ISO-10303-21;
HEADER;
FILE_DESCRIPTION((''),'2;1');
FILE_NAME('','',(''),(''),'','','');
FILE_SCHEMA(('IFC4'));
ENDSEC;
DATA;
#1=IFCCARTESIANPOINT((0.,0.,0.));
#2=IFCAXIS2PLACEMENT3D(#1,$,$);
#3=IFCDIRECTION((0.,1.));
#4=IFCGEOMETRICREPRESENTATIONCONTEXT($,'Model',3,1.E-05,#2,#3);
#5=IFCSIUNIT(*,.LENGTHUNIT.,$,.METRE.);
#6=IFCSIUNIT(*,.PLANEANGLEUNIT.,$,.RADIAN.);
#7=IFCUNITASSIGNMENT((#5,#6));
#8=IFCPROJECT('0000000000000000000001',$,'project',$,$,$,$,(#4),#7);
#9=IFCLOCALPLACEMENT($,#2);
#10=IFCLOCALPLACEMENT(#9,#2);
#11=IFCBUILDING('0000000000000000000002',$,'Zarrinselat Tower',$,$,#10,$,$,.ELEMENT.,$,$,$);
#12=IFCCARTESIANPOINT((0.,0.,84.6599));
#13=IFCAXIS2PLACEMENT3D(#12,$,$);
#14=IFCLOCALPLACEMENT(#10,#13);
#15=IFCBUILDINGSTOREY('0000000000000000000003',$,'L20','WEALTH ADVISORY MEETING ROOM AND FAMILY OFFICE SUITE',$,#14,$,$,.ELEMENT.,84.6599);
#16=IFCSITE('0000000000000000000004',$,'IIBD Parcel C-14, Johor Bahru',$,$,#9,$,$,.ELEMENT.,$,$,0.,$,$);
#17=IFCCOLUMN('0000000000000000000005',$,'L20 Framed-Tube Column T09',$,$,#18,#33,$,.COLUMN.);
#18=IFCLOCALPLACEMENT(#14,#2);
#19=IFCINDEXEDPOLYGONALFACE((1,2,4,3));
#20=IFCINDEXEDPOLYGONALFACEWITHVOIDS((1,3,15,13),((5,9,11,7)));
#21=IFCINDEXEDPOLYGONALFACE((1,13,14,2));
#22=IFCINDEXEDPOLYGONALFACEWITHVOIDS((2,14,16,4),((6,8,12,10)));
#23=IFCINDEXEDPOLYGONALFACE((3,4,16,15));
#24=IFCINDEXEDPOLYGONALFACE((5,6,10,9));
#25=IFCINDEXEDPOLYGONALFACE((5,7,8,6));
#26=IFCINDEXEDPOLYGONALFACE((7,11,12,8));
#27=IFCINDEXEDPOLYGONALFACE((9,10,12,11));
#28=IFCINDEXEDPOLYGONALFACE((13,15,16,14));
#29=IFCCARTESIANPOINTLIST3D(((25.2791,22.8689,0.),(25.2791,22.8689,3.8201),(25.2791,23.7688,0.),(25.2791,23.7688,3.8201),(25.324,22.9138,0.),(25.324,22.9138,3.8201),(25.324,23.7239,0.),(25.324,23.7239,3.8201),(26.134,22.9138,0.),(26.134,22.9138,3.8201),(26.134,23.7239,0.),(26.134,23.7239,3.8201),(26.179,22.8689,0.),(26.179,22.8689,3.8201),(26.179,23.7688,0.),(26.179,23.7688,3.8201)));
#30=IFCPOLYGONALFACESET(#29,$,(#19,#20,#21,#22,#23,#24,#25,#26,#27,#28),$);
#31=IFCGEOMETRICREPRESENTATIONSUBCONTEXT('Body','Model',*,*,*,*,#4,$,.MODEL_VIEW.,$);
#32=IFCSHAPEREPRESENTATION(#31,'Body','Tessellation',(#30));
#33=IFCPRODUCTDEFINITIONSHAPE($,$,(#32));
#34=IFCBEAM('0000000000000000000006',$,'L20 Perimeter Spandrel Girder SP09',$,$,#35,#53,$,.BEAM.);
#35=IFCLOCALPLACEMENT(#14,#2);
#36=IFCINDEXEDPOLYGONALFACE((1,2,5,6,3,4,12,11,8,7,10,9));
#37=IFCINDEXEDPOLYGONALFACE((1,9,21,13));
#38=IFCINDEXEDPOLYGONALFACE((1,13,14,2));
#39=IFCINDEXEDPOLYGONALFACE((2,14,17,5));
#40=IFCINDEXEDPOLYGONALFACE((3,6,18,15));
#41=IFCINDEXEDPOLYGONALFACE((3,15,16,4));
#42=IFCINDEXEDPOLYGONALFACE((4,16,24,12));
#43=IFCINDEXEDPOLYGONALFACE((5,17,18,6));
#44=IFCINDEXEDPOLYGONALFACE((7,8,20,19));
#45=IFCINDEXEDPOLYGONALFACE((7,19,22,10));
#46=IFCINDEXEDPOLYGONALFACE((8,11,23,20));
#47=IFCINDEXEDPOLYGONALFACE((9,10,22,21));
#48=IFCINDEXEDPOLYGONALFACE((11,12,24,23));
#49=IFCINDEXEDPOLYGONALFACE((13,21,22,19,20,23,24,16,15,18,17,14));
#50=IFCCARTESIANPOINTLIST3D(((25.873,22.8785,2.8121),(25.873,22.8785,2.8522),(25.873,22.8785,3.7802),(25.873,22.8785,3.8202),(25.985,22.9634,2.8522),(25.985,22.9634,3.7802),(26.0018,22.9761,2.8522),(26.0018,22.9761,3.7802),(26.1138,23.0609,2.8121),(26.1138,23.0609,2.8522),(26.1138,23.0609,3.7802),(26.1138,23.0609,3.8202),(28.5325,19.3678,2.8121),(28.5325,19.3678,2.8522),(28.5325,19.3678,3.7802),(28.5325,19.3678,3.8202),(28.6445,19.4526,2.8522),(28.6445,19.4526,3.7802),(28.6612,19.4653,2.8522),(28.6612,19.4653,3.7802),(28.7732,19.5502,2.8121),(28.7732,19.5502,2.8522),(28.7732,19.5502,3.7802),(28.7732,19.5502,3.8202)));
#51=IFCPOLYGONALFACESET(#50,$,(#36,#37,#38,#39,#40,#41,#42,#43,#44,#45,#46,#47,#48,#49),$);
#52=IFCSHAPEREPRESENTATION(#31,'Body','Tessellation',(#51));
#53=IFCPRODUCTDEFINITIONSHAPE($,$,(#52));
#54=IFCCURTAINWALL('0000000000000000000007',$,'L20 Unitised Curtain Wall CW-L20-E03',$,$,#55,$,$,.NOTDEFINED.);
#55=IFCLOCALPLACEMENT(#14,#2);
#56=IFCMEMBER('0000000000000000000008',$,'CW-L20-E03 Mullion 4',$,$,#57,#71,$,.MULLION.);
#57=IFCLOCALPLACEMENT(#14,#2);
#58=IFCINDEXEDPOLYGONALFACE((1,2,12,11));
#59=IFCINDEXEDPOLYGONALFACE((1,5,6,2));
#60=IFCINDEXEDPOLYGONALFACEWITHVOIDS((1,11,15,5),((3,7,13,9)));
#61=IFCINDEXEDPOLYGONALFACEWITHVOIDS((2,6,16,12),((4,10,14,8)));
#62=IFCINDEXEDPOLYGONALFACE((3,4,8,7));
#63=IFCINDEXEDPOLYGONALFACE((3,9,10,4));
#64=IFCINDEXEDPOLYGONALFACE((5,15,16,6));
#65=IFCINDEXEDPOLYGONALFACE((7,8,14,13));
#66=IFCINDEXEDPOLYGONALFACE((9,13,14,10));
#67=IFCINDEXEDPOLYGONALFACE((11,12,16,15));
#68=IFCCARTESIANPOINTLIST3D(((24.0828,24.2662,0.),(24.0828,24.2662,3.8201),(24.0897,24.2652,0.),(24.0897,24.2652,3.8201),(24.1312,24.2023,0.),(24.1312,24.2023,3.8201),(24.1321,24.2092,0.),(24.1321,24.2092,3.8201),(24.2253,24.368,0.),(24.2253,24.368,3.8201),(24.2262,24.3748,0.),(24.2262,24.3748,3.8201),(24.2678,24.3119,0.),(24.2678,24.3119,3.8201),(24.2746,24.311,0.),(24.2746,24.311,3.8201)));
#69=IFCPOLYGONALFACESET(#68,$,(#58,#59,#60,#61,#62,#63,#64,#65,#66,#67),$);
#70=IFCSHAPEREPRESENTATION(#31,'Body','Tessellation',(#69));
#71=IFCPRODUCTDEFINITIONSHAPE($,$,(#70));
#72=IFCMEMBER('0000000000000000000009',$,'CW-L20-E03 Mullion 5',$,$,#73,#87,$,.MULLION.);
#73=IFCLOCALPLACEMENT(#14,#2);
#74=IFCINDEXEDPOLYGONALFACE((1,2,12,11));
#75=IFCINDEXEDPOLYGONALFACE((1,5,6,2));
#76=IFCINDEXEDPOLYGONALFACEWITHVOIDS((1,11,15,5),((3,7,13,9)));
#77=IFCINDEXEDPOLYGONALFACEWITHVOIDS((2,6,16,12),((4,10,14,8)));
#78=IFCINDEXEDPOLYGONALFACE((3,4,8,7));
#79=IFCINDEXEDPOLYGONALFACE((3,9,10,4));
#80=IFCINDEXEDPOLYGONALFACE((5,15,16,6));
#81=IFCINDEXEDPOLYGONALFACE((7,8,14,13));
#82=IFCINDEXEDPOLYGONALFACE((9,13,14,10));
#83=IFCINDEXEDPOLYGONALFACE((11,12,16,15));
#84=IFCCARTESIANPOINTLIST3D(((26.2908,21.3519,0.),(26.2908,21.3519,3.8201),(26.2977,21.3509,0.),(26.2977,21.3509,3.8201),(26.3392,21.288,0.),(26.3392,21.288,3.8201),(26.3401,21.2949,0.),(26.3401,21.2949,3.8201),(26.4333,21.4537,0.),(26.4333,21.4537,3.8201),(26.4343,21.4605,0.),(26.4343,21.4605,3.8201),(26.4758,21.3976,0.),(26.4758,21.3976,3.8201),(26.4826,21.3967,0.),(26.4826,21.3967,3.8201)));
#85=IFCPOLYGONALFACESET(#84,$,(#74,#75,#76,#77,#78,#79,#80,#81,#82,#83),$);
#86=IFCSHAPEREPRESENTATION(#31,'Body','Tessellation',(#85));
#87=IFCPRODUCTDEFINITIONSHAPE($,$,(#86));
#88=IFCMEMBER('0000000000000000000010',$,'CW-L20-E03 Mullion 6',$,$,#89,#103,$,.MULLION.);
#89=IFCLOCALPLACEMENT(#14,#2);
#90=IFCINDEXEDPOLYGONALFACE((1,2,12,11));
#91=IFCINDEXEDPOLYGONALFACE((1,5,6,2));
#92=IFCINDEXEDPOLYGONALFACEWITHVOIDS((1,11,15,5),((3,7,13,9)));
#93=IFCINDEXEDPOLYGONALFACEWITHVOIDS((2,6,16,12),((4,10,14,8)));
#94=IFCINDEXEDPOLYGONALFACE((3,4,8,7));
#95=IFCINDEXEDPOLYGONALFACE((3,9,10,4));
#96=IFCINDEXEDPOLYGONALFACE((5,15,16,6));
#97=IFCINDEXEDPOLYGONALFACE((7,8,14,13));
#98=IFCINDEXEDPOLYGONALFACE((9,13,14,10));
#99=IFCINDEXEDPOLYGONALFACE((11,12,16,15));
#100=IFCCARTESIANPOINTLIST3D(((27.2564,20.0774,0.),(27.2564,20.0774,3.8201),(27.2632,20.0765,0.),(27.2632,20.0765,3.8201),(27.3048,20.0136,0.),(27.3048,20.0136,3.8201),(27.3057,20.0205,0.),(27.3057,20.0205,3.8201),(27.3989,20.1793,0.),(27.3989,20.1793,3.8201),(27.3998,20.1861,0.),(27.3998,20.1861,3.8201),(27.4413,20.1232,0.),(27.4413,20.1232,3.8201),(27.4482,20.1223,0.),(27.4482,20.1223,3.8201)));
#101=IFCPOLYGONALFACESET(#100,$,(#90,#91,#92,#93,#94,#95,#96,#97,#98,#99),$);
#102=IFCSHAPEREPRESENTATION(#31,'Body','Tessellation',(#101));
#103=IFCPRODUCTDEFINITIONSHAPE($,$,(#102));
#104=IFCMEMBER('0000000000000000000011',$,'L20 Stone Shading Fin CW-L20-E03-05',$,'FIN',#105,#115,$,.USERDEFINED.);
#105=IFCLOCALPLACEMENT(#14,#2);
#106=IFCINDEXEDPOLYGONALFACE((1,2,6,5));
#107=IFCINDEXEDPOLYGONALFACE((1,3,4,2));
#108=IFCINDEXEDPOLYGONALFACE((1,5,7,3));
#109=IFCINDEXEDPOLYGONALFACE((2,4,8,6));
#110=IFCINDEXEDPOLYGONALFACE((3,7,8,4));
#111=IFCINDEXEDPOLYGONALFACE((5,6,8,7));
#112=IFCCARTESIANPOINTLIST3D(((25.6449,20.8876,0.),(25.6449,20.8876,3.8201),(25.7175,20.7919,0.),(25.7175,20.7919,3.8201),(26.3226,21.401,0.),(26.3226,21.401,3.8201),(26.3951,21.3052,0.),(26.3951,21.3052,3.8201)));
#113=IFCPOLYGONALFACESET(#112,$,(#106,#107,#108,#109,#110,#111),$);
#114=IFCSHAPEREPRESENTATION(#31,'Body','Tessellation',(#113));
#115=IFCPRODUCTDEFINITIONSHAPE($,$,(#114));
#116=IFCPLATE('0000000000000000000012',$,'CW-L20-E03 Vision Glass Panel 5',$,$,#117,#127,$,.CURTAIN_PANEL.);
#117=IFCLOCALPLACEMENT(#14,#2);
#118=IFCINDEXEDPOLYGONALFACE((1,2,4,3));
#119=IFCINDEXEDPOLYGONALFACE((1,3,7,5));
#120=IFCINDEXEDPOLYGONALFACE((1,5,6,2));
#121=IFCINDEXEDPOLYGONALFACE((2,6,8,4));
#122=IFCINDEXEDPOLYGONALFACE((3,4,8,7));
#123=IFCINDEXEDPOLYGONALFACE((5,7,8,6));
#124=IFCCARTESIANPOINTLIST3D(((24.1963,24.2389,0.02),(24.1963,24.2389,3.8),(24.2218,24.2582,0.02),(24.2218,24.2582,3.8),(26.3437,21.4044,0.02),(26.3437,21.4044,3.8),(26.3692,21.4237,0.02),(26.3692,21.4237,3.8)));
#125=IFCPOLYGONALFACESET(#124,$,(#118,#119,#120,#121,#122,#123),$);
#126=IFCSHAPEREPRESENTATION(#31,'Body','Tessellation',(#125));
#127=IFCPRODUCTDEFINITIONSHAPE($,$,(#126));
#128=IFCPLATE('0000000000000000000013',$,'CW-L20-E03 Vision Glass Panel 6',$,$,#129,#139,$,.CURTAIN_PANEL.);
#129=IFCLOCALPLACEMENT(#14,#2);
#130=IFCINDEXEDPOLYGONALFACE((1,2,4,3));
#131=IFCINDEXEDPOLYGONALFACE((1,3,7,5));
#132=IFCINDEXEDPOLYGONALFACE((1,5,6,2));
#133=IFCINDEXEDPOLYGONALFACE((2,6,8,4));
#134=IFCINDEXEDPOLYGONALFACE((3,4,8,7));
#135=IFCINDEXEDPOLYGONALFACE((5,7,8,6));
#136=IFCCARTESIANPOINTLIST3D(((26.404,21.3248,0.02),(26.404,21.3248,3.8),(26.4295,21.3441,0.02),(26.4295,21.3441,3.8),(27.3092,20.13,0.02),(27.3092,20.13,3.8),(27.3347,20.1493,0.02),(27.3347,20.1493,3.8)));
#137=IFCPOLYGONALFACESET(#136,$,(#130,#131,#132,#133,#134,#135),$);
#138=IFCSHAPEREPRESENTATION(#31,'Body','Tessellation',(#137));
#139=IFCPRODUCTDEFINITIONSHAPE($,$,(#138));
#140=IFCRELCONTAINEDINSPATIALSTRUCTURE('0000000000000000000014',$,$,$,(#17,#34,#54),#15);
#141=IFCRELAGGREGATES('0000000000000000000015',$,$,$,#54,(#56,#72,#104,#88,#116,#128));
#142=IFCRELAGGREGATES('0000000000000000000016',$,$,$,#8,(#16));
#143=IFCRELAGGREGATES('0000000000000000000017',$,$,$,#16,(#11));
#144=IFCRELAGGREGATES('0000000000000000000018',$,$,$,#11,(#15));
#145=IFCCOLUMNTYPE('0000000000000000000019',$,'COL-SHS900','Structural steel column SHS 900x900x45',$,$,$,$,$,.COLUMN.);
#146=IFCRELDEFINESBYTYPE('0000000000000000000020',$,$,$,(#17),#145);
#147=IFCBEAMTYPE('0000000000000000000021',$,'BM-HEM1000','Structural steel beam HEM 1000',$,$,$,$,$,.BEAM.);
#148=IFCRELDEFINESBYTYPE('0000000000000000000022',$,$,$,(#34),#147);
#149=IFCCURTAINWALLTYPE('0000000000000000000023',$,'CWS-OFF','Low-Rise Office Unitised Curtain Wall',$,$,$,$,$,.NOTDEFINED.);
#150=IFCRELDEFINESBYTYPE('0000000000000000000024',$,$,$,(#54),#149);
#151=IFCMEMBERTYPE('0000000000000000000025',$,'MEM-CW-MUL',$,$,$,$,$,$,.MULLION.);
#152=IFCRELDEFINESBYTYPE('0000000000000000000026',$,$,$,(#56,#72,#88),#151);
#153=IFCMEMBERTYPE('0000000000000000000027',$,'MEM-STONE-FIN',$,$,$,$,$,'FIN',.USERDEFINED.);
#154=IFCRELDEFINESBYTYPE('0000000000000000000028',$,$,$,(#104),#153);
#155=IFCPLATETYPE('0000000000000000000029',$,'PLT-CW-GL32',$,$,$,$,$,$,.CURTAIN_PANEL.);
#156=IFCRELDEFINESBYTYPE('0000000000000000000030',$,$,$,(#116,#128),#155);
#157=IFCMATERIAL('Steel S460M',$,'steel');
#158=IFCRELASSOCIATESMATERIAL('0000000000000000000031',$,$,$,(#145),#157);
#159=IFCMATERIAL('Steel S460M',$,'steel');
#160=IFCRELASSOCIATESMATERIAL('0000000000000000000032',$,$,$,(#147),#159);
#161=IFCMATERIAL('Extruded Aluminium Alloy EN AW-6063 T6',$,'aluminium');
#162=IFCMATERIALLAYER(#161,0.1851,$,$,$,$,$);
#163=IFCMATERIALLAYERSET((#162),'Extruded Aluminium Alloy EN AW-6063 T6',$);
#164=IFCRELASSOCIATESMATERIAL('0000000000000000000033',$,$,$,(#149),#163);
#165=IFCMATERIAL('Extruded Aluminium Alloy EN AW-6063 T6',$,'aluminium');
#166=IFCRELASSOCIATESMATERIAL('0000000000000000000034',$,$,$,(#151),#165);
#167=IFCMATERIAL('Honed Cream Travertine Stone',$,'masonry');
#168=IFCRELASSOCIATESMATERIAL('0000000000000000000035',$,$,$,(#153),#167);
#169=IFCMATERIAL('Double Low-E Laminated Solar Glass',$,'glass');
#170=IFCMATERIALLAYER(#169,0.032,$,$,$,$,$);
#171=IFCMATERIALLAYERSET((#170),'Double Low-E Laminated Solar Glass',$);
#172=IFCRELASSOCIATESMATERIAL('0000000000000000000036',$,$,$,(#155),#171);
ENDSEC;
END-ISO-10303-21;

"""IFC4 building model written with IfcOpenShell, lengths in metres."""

from ifc_helpers import new_model, si_unit, direction, frame, origin, origin_2d, place, context, subcontext, project, spatial, rectangle, hollow_rectangle, i_section, extrude, material, layer, layer_set, material_profile, profile_set, type_object, element, aggregate, save


model = new_model("IFC4")

# Units and contexts
model_context = context("Model", 3, precision=1e-05, world=origin(), true_north=direction((0.0, 1.0)))
body_context = subcontext(model_context, "Body", "Model", "MODEL_VIEW")
ifc_project = project(units=[si_unit("LENGTHUNIT", "METRE"), si_unit("PLANEANGLEUNIT", "RADIAN")], contexts=[model_context])

# Site, building, storey
site_placement = place(None, origin())
site = spatial("IfcSite", under=ifc_project, at=site_placement, Name="IIBD Parcel C-14, Johor Bahru", CompositionType="ELEMENT", RefElevation=0.0)
building_placement = place(site_placement, origin())
building = spatial("IfcBuilding", under=site, at=building_placement, Name="Zarrinselat Tower", CompositionType="ELEMENT")
storey_placement = place(building_placement, frame((0.0, 0.0, 84.6599)))
storey = spatial("IfcBuildingStorey", under=building, at=storey_placement, Name="L20", Description="WEALTH ADVISORY MEETING ROOM AND FAMILY OFFICE SUITE", CompositionType="ELEMENT", Elevation=84.6599)

# Column
ifc_material_1 = material(Name="Steel S460M", Category="steel")
ifc_material_profile_1 = material_profile(ifc_material_1, hollow_rectangle(XDim=0.8999, YDim=0.8999, WallThickness=0.0449, at=origin_2d()), Name="SHS 900x900x45")
ifc_profile_set_1 = profile_set([ifc_material_profile_1], Name="Steel S460M")
column_type = type_object("IfcColumnType", Name="COL-SHS900", Description="Structural steel column SHS 900x900x45", PredefinedType="COLUMN", material=ifc_profile_set_1)
column_placement = place(storey_placement, frame((25.729, 23.3188, 0.0), z_axis=(0.0, 0.0, 1.0), x_axis=(1.0, 0.0, 0.0)))
element("IfcColumn", 1, at=column_placement, inside=storey, type_object=column_type, Name="L20 Framed-Tube Column T09", PredefinedType="COLUMN", context=body_context, shape_type="SweptSolid", body=[
    extrude(hollow_rectangle(XDim=0.8999, YDim=0.8999, WallThickness=0.0449, at=origin_2d()), origin(), (0.0, 0.0, 1.0), 3.8201),
])

# Beam
ifc_material_2 = material(Name="Steel S460M", Category="steel")
ifc_material_profile_2 = material_profile(ifc_material_2, i_section(OverallWidth=0.302, OverallDepth=1.0081, WebThickness=0.021, FlangeThickness=0.04, at=origin_2d()), Name="HEM 1000")
ifc_profile_set_2 = profile_set([ifc_material_profile_2], Name="Steel S460M")
beam_type = type_object("IfcBeamType", Name="BM-HEM1000", Description="Structural steel beam HEM 1000", PredefinedType="BEAM", material=ifc_profile_set_2)
beam_placement = place(storey_placement, frame((25.9934, 22.9697, 3.3162), z_axis=(0.603825, -0.797117, 0.0), x_axis=(0.797117, 0.603825, 0.0)))
element("IfcBeam", 2, at=beam_placement, inside=storey, type_object=beam_type, Name="L20 Perimeter Spandrel Girder SP09", PredefinedType="BEAM", context=body_context, shape_type="SweptSolid", body=[
    extrude(i_section(OverallWidth=0.302, OverallDepth=1.0081, WebThickness=0.021, FlangeThickness=0.04, at=origin_2d()), origin(), (0.0, 0.0, 1.0), 4.4043),
])

# Curtain wall, members, plates
ifc_material_3 = material(Name="Extruded Aluminium Alloy EN AW-6063 T6", Category="aluminium")
ifc_layer_1 = layer(ifc_material_3, 0.1851)
ifc_layer_set_1 = layer_set([ifc_layer_1], Name="Extruded Aluminium Alloy EN AW-6063 T6")
curtain_wall_type = type_object("IfcCurtainWallType", Name="CWS-OFF", Description="Low-Rise Office Unitised Curtain Wall", PredefinedType="NOTDEFINED", material=ifc_layer_set_1)
curtain_wall_placement = place(storey_placement, origin())
curtain_wall = element("IfcCurtainWall", 3, at=curtain_wall_placement, inside=storey, type_object=curtain_wall_type, Name="L20 Unitised Curtain Wall CW-L20-E03", PredefinedType="NOTDEFINED")
ifc_material_4 = material(Name="Extruded Aluminium Alloy EN AW-6063 T6", Category="aluminium")
ifc_material_profile_3 = material_profile(ifc_material_4, hollow_rectangle(XDim=0.0801, YDim=0.1799, WallThickness=0.0049, at=origin_2d()), Name="RHS 180x80x5")
ifc_profile_set_3 = profile_set([ifc_material_profile_3], Name="Extruded Aluminium Alloy EN AW-6063 T6")
member_type_1 = type_object("IfcMemberType", Name="MEM-CW-MUL", PredefinedType="MULLION", material=ifc_profile_set_3)
member_1_placement = place(storey_placement, frame((24.1787, 24.2886, 0.0), z_axis=(0.0, 0.0, 1.0), x_axis=(0.603856, -0.797093, 0.0)))
member_1 = element("IfcMember", 4, at=member_1_placement, type_object=member_type_1, Name="CW-L20-E03 Mullion 4", PredefinedType="MULLION", context=body_context, shape_type="SweptSolid", body=[
    extrude(hollow_rectangle(XDim=0.0801, YDim=0.1799, WallThickness=0.0049, at=origin_2d()), origin(), (0.0, 0.0, 1.0), 3.8201),
])
member_2_placement = place(storey_placement, frame((26.3867, 21.3743, 0.0), z_axis=(0.0, 0.0, 1.0), x_axis=(0.603856, -0.797093, 0.0)))
member_2 = element("IfcMember", 5, at=member_2_placement, type_object=member_type_1, Name="CW-L20-E03 Mullion 5", PredefinedType="MULLION", context=body_context, shape_type="SweptSolid", body=[
    extrude(hollow_rectangle(XDim=0.0801, YDim=0.1799, WallThickness=0.0049, at=origin_2d()), origin(), (0.0, 0.0, 1.0), 3.8201),
])
member_3_placement = place(storey_placement, frame((27.3523, 20.0999, 0.0), z_axis=(0.0, 0.0, 1.0), x_axis=(0.603856, -0.797093, 0.0)))
member_3 = element("IfcMember", 6, at=member_3_placement, type_object=member_type_1, Name="CW-L20-E03 Mullion 6", PredefinedType="MULLION", context=body_context, shape_type="SweptSolid", body=[
    extrude(hollow_rectangle(XDim=0.0801, YDim=0.1799, WallThickness=0.0049, at=origin_2d()), origin(), (0.0, 0.0, 1.0), 3.8201),
])
ifc_material_5 = material(Name="Honed Cream Travertine Stone", Category="masonry")
ifc_material_profile_4 = material_profile(ifc_material_5, rectangle(XDim=0.1201, YDim=0.8501, at=origin_2d()), Name="FIN 850x120")
ifc_profile_set_4 = profile_set([ifc_material_profile_4], Name="Honed Cream Travertine Stone")
member_type_2 = type_object("IfcMemberType", Name="MEM-STONE-FIN", ElementType="FIN", PredefinedType="USERDEFINED", material=ifc_profile_set_4)
member_4_placement = place(storey_placement, frame((26.02, 21.0964, 0.0), z_axis=(0.0, 0.0, 1.0), x_axis=(-0.603856, 0.797093, 0.0)))
member_4 = element("IfcMember", 7, at=member_4_placement, type_object=member_type_2, Name="L20 Stone Shading Fin CW-L20-E03-05", ObjectType="FIN", PredefinedType="USERDEFINED", context=body_context, shape_type="SweptSolid", body=[
    extrude(rectangle(XDim=0.1201, YDim=0.8501, at=origin_2d()), origin(), (0.0, 0.0, 1.0), 3.8201),
])
ifc_material_6 = material(Name="Double Low-E Laminated Solar Glass", Category="glass")
ifc_layer_2 = layer(ifc_material_6, 0.032)
ifc_layer_set_2 = layer_set([ifc_layer_2], Name="Double Low-E Laminated Solar Glass")
plate_type = type_object("IfcPlateType", Name="PLT-CW-GL32", PredefinedType="CURTAIN_PANEL", material=ifc_layer_set_2)
plate_1_placement = place(storey_placement, frame((25.2827, 22.8313, 0.02), z_axis=(0.0, 0.0, 1.0), x_axis=(0.603856, -0.797093, 0.0)))
plate_1 = element("IfcPlate", 8, at=plate_1_placement, type_object=plate_type, Name="CW-L20-E03 Vision Glass Panel 5", PredefinedType="CURTAIN_PANEL", context=body_context, shape_type="SweptSolid", body=[
    extrude(rectangle(XDim=3.5562, YDim=0.032, at=origin_2d()), origin(), (0.0, 0.0, 1.0), 3.78),
])
plate_2_placement = place(storey_placement, frame((26.8694, 20.7371, 0.02), z_axis=(0.0, 0.0, 1.0), x_axis=(0.603856, -0.797093, 0.0)))
plate_2 = element("IfcPlate", 9, at=plate_2_placement, type_object=plate_type, Name="CW-L20-E03 Vision Glass Panel 6", PredefinedType="CURTAIN_PANEL", context=body_context, shape_type="SweptSolid", body=[
    extrude(rectangle(XDim=1.499, YDim=0.032, at=origin_2d()), origin(), (0.0, 0.0, 1.0), 3.78),
])
aggregate(curtain_wall, [member_1, member_2, member_4, member_3, plate_1, plate_2])

save(model, "model.ifc")
